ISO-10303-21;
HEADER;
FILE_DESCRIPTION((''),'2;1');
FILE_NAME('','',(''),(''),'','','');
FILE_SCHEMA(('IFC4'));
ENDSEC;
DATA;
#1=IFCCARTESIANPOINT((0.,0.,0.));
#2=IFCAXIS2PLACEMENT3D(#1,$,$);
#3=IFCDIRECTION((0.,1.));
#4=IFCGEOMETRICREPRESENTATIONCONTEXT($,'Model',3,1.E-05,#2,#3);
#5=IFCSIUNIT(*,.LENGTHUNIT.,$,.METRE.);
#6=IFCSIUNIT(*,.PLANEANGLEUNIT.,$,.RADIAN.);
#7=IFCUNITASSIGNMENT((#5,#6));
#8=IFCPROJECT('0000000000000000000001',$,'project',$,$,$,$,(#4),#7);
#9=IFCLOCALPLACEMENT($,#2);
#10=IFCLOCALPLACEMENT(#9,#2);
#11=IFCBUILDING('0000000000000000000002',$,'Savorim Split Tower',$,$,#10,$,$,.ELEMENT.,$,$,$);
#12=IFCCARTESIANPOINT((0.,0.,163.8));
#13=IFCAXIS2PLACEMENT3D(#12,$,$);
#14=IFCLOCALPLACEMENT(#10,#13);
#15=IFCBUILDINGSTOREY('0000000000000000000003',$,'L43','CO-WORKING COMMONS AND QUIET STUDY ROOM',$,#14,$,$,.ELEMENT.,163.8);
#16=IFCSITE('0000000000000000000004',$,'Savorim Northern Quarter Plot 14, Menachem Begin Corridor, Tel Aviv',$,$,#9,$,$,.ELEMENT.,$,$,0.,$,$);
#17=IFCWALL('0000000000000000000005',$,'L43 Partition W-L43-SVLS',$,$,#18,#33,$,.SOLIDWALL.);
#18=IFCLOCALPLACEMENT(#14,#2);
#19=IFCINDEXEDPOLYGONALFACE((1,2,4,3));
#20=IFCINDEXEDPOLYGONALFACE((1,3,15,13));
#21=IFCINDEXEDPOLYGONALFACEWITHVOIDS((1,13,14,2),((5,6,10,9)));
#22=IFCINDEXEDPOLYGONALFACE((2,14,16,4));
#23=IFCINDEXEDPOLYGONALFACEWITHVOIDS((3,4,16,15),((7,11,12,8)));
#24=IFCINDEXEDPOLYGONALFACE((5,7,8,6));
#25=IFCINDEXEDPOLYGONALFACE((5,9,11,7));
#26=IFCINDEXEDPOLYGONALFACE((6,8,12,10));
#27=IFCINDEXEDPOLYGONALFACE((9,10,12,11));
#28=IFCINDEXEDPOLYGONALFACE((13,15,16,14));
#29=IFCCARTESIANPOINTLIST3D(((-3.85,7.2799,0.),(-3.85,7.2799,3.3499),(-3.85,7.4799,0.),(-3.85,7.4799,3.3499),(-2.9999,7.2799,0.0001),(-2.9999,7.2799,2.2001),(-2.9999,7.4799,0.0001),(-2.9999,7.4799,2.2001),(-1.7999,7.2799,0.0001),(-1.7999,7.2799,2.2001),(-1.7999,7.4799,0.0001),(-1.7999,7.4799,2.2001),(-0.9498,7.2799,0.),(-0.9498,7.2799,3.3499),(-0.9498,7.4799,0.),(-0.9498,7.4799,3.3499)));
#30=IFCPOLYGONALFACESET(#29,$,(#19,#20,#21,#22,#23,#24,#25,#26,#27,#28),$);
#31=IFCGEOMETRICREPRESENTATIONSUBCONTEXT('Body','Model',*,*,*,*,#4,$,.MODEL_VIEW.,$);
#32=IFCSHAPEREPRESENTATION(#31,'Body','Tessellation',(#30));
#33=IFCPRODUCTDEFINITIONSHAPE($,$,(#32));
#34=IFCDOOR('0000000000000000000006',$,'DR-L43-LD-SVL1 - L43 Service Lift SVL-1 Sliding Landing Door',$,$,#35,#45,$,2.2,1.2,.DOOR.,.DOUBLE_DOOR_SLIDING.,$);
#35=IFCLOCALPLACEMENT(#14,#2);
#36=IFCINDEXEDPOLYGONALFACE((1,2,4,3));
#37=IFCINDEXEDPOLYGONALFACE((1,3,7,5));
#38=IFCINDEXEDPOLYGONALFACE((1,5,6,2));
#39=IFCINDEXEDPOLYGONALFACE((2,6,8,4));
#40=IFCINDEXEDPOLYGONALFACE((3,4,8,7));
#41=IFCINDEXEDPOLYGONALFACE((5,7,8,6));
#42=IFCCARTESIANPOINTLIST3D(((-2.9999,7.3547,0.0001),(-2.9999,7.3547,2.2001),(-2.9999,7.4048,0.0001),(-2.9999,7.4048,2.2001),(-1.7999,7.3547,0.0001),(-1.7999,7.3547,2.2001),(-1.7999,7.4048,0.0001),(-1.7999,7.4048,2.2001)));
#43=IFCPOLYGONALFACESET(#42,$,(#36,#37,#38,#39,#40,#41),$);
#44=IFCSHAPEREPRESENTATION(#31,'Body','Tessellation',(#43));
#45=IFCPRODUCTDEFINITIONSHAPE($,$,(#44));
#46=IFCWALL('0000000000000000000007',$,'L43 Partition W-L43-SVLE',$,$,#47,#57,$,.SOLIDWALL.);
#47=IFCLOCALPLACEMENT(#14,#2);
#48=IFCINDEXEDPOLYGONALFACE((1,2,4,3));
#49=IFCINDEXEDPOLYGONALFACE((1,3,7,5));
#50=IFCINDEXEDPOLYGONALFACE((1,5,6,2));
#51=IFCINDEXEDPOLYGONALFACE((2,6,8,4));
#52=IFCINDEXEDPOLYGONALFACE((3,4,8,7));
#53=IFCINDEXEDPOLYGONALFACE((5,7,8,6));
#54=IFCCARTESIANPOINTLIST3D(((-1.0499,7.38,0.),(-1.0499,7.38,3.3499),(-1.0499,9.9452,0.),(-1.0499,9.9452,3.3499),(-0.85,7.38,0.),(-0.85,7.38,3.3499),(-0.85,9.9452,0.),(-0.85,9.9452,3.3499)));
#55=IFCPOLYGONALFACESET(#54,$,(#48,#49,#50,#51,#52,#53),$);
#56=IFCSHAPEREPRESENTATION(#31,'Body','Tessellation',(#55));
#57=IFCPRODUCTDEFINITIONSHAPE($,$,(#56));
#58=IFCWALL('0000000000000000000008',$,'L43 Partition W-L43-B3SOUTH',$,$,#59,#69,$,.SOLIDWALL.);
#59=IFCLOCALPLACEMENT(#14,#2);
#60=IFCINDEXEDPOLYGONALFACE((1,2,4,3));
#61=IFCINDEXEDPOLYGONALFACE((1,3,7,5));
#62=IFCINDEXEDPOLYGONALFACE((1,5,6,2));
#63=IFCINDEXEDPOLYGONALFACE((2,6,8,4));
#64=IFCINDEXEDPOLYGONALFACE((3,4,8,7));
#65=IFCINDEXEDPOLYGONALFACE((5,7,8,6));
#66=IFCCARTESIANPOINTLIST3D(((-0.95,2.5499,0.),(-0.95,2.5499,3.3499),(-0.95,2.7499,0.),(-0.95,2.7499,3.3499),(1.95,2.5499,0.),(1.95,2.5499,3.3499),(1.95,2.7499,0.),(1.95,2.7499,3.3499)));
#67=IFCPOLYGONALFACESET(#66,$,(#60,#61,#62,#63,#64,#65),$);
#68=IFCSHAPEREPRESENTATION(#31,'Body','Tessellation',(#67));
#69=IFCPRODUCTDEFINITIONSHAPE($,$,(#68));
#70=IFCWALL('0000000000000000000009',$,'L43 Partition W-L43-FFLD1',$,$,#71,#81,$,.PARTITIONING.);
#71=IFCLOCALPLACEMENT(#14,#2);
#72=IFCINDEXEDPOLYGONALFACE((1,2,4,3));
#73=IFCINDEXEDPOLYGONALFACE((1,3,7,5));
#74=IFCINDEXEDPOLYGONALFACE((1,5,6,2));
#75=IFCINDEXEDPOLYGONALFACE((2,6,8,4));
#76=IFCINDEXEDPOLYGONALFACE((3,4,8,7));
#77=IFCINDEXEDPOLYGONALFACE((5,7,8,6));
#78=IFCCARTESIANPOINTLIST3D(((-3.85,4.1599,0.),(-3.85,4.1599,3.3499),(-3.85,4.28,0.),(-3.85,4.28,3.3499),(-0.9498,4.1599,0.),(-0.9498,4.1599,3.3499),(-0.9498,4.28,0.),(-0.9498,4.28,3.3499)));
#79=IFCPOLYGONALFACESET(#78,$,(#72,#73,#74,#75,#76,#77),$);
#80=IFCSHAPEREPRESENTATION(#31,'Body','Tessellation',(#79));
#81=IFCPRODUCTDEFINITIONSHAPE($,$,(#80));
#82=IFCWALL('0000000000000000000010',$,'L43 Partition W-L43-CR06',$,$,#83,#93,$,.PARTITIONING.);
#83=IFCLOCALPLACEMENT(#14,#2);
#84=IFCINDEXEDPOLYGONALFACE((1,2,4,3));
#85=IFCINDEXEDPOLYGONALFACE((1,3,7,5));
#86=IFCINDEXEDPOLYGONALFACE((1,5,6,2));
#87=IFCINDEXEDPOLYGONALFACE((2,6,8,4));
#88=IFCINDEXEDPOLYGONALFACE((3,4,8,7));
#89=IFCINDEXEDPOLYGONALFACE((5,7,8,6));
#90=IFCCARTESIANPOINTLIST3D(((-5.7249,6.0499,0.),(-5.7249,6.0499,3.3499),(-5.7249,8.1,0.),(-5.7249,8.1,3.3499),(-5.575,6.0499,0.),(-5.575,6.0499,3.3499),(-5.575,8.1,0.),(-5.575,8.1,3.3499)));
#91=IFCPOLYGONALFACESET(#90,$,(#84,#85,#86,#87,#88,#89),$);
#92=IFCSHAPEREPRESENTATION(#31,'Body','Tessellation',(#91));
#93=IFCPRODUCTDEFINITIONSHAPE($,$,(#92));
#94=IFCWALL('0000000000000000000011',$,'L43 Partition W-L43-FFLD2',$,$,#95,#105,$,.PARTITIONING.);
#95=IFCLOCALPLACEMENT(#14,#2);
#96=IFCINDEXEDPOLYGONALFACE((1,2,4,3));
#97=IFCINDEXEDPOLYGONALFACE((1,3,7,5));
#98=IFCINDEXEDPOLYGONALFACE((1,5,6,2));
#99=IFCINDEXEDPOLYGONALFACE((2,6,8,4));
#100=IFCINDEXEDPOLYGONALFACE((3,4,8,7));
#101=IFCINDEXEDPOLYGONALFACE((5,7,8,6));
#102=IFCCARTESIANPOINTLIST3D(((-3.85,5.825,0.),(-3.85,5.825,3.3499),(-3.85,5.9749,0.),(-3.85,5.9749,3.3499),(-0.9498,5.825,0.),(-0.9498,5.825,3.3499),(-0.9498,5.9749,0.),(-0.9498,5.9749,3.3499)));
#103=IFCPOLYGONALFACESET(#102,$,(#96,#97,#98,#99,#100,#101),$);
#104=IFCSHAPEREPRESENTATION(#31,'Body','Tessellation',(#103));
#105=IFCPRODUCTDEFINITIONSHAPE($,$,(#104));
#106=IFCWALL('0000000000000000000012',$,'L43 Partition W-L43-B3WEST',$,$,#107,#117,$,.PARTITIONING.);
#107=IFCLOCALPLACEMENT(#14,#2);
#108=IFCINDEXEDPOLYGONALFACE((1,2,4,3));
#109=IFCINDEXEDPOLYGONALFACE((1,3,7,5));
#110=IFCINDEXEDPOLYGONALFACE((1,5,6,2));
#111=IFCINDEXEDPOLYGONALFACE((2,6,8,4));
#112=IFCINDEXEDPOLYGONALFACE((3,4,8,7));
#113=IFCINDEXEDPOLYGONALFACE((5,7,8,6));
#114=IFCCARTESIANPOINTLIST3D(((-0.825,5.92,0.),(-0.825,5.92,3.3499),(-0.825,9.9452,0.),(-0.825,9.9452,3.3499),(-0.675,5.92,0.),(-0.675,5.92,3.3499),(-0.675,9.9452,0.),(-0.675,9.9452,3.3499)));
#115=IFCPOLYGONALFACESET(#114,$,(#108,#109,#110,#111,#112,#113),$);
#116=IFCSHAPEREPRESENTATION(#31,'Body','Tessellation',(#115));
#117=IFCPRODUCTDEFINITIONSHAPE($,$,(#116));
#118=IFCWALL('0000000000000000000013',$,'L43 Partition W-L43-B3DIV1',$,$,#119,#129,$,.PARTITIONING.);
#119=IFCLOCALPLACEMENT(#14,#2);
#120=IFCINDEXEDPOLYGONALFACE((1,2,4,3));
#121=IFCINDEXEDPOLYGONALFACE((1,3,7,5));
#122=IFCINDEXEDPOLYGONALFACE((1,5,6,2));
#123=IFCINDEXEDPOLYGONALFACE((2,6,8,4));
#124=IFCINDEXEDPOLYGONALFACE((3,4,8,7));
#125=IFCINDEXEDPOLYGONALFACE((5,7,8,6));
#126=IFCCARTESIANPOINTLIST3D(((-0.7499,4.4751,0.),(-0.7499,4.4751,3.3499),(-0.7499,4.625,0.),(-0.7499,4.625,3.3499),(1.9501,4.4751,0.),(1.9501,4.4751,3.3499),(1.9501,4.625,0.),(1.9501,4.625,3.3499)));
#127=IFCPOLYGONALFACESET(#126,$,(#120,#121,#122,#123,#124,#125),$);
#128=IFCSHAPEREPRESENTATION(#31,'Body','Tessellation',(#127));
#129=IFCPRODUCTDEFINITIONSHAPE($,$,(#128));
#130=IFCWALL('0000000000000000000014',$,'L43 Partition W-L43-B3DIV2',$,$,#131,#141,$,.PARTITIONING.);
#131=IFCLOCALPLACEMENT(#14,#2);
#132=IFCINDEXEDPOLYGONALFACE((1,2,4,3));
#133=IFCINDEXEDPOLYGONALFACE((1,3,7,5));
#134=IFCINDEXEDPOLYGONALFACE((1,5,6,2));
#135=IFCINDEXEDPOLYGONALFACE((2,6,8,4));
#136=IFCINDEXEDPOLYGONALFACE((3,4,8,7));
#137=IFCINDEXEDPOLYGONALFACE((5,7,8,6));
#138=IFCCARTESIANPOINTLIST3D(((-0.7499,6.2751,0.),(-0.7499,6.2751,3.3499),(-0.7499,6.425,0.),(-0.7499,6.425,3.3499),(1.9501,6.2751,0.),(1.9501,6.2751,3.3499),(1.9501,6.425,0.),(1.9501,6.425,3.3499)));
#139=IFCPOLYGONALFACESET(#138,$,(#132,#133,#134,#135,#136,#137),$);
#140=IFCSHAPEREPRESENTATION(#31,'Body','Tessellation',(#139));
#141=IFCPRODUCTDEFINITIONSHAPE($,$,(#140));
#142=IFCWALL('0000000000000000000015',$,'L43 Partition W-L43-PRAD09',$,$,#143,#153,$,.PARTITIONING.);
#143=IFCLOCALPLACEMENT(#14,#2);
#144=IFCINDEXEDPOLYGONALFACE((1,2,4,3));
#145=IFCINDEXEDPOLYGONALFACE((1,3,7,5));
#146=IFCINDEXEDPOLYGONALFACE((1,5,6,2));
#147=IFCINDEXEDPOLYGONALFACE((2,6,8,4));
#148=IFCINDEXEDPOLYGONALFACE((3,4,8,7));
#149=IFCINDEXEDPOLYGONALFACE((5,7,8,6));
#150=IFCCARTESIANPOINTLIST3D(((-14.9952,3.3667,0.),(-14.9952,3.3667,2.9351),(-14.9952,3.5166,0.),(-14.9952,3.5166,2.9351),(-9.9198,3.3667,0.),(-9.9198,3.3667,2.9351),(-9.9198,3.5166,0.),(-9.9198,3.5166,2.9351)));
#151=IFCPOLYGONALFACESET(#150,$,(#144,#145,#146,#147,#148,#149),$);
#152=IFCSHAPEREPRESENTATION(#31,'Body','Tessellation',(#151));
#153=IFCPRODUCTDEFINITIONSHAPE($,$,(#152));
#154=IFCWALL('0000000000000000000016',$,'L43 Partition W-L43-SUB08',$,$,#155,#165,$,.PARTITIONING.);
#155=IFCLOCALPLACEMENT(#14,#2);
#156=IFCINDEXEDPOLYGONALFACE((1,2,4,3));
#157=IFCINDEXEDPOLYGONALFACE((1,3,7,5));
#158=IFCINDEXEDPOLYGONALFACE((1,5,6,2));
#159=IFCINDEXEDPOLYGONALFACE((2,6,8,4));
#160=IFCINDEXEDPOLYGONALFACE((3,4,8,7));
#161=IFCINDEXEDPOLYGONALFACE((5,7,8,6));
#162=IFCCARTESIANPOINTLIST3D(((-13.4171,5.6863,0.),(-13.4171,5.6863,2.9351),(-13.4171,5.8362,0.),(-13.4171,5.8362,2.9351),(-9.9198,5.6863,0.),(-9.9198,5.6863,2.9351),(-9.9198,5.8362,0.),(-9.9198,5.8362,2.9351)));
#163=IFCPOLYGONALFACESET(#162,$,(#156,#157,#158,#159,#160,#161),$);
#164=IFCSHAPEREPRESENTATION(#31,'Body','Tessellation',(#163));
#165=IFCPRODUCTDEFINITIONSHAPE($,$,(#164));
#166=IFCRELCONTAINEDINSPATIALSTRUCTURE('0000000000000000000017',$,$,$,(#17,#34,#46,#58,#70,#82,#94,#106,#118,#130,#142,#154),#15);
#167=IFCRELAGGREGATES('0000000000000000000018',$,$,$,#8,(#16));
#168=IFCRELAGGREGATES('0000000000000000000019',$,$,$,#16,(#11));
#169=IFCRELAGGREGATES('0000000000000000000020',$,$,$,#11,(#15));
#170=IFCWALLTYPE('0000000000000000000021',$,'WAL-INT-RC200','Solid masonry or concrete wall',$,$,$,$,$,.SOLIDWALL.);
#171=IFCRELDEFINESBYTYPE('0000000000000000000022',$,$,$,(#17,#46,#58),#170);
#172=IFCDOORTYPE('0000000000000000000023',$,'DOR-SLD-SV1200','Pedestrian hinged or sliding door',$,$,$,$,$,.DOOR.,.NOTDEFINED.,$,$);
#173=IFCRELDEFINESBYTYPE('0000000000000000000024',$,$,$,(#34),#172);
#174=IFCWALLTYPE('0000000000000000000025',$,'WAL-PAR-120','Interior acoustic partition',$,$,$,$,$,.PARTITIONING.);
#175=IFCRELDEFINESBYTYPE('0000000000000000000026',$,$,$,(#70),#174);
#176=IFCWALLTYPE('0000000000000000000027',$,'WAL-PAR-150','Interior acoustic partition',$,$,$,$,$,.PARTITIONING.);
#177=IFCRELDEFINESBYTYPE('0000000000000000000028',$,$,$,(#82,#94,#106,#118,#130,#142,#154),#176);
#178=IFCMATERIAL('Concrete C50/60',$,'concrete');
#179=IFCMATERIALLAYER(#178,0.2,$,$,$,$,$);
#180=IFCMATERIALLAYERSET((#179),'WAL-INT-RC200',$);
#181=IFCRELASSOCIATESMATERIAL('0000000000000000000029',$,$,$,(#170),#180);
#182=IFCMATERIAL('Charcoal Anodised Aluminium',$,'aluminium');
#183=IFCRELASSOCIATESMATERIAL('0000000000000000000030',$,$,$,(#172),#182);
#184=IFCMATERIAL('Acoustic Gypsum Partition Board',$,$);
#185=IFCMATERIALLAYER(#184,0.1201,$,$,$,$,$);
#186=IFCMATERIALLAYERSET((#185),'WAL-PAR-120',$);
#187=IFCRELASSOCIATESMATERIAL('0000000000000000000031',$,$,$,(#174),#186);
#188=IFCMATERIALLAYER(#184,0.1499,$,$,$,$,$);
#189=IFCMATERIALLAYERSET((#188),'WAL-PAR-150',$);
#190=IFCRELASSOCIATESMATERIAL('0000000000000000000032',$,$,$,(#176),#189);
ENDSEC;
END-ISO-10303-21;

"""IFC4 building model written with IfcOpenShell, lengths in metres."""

from ifc_helpers import new_model, si_unit, direction, frame, frame_2d, origin, place, context, subcontext, project, spatial, rectangle, extrude, material, layer, layer_set, type_object, element, fill, save


model = new_model("IFC4")

# Units and contexts
model_context = context("Model", 3, precision=1e-05, world=origin(), true_north=direction((0.0, 1.0)))
body_context = subcontext(model_context, "Body", "Model", "MODEL_VIEW")
ifc_project = project(units=[si_unit("LENGTHUNIT", "METRE"), si_unit("PLANEANGLEUNIT", "RADIAN")], contexts=[model_context])

# Site, building, storey
site_placement = place(None, origin())
site = spatial("IfcSite", under=ifc_project, at=site_placement, Name="Savorim Northern Quarter Plot 14, Menachem Begin Corridor, Tel Aviv", CompositionType="ELEMENT", RefElevation=0.0)
building_placement = place(site_placement, origin())
building = spatial("IfcBuilding", under=site, at=building_placement, Name="Savorim Split Tower", CompositionType="ELEMENT")
storey_placement = place(building_placement, frame((0.0, 0.0, 163.8)))
storey = spatial("IfcBuildingStorey", under=building, at=storey_placement, Name="L43", Description="CO-WORKING COMMONS AND QUIET STUDY ROOM", CompositionType="ELEMENT", Elevation=163.8)

# Shared definitions
ifc_material_1 = material(Name="Charcoal Anodised Aluminium", Category="aluminium")

# Shared definitions
ifc_material_2 = material(Name="Concrete C50/60", Category="concrete")
ifc_layer_1 = layer(ifc_material_2, 0.2)
ifc_layer_set_1 = layer_set([ifc_layer_1], Name="WAL-INT-RC200")
wall_type_1 = type_object("IfcWallType", Name="WAL-INT-RC200", Description="Solid masonry or concrete wall", PredefinedType="SOLIDWALL", material=ifc_layer_set_1)

# Wall, opening, door
wall_1_placement = place(storey_placement, frame((-3.8501, 7.3799, 0.0), z_axis=(0.0, 0.0, 1.0), x_axis=(1.0, 0.0, 0.0)))
wall_1 = element("IfcWall", 1, at=wall_1_placement, inside=storey, type_object=wall_type_1, Name="L43 Partition W-L43-SVLS", PredefinedType="SOLIDWALL", context=body_context, shape_type="SweptSolid", body=[
    extrude(rectangle(XDim=2.9001, YDim=0.2, at=frame_2d((1.4502, 0.0))), origin(), (0.0, 0.0, 1.0), 3.3499),
])
opening_1_placement = place(wall_1_placement, frame((0.8501, 0.0, 0.0)))
opening_1 = element("IfcOpeningElement", 2, at=opening_1_placement, cuts=wall_1, PredefinedType="OPENING", context=body_context, shape_type="SweptSolid", body=[
    extrude(rectangle(XDim=1.2, YDim=2.2, at=frame_2d((0.6001, 1.1001))), frame((0.0, 0.1099, 0.0), z_axis=(0.0, -1.0, 0.0), x_axis=(1.0, 0.0, 0.0)), (0.0, 0.0, 1.0), 0.22),
])
door_type_1 = type_object("IfcDoorType", Name="DOR-SLD-SV1200", Description="Pedestrian hinged or sliding door", OperationType="NOTDEFINED", PredefinedType="DOOR", material=ifc_material_1)
door_1_placement = place(opening_1_placement, origin())
door_1 = element("IfcDoor", 3, at=door_1_placement, inside=storey, type_object=door_type_1, Name="DR-L43-LD-SVL1 - L43 Service Lift SVL-1 Sliding Landing Door", OperationType="DOUBLE_DOOR_SLIDING", OverallHeight=2.2, OverallWidth=1.2, PredefinedType="DOOR", context=body_context, shape_type="SweptSolid", body=[
    extrude(rectangle(XDim=1.2, YDim=2.2, at=frame_2d((0.6001, 1.1001))), frame((0.0, 0.0249, 0.0), z_axis=(0.0, -1.0, 0.0), x_axis=(1.0, 0.0, 0.0)), (0.0, 0.0, 1.0), 0.05),
])
fill(opening_1, door_1)

# Walls
wall_2_placement = place(storey_placement, frame((-0.95, 7.3799, 0.0), z_axis=(0.0, 0.0, 1.0), x_axis=(0.0, 1.0, 0.0)))
element("IfcWall", 4, at=wall_2_placement, inside=storey, type_object=wall_type_1, Name="L43 Partition W-L43-SVLE", PredefinedType="SOLIDWALL", context=body_context, shape_type="SweptSolid", body=[
    extrude(rectangle(XDim=2.5652, YDim=0.2, at=frame_2d((1.2827, 0.0))), origin(), (0.0, 0.0, 1.0), 3.3499),
])
wall_3_placement = place(storey_placement, frame((-0.95, 2.6499, 0.0), z_axis=(0.0, 0.0, 1.0), x_axis=(1.0, 0.0, 0.0)))
element("IfcWall", 5, at=wall_3_placement, inside=storey, type_object=wall_type_1, Name="L43 Partition W-L43-B3SOUTH", PredefinedType="SOLIDWALL", context=body_context, shape_type="SweptSolid", body=[
    extrude(rectangle(XDim=2.8999, YDim=0.2, at=frame_2d((1.45, 0.0))), origin(), (0.0, 0.0, 1.0), 3.3499),
])
ifc_material_3 = material(Name="Acoustic Gypsum Partition Board")
ifc_layer_2 = layer(ifc_material_3, 0.1201)
ifc_layer_set_2 = layer_set([ifc_layer_2], Name="WAL-PAR-120")
wall_type_2 = type_object("IfcWallType", Name="WAL-PAR-120", Description="Interior acoustic partition", PredefinedType="PARTITIONING", material=ifc_layer_set_2)
wall_4_placement = place(storey_placement, frame((-3.8501, 4.22, 0.0), z_axis=(0.0, 0.0, 1.0), x_axis=(1.0, 0.0, 0.0)))
element("IfcWall", 6, at=wall_4_placement, inside=storey, type_object=wall_type_2, Name="L43 Partition W-L43-FFLD1", PredefinedType="PARTITIONING", context=body_context, shape_type="SweptSolid", body=[
    extrude(rectangle(XDim=2.9001, YDim=0.1201, at=frame_2d((1.4502, 0.0))), origin(), (0.0, 0.0, 1.0), 3.3499),
])
ifc_layer_3 = layer(ifc_material_3, 0.1499)
ifc_layer_set_3 = layer_set([ifc_layer_3], Name="WAL-PAR-150")
wall_type_3 = type_object("IfcWallType", Name="WAL-PAR-150", Description="Interior acoustic partition", PredefinedType="PARTITIONING", material=ifc_layer_set_3)
wall_5_placement = place(storey_placement, frame((-5.6499, 6.05, 0.0), z_axis=(0.0, 0.0, 1.0), x_axis=(0.0, 1.0, 0.0)))
element("IfcWall", 7, at=wall_5_placement, inside=storey, type_object=wall_type_3, Name="L43 Partition W-L43-CR06", PredefinedType="PARTITIONING", context=body_context, shape_type="SweptSolid", body=[
    extrude(rectangle(XDim=2.05, YDim=0.1499, at=frame_2d((1.0249, 0.0))), origin(), (0.0, 0.0, 1.0), 3.3499),
])
wall_6_placement = place(storey_placement, frame((-3.8501, 5.8999, 0.0), z_axis=(0.0, 0.0, 1.0), x_axis=(1.0, 0.0, 0.0)))
element("IfcWall", 8, at=wall_6_placement, inside=storey, type_object=wall_type_3, Name="L43 Partition W-L43-FFLD2", PredefinedType="PARTITIONING", context=body_context, shape_type="SweptSolid", body=[
    extrude(rectangle(XDim=2.9001, YDim=0.1499, at=frame_2d((1.4502, 0.0))), origin(), (0.0, 0.0, 1.0), 3.3499),
])
wall_7_placement = place(storey_placement, frame((-0.75, 5.9199, 0.0), z_axis=(0.0, 0.0, 1.0), x_axis=(0.0, 1.0, 0.0)))
element("IfcWall", 9, at=wall_7_placement, inside=storey, type_object=wall_type_3, Name="L43 Partition W-L43-B3WEST", PredefinedType="PARTITIONING", context=body_context, shape_type="SweptSolid", body=[
    extrude(rectangle(XDim=4.0251, YDim=0.1499, at=frame_2d((2.0127, 0.0))), origin(), (0.0, 0.0, 1.0), 3.3499),
])
for number, where, z_axis, x_axis, name in (
    (10, (-0.75, 4.55, 0.0), (0.0, 0.0, 1.0), (1.0, 0.0, 0.0), "L43 Partition W-L43-B3DIV1"),
    (11, (-0.75, 6.3501, 0.0), (0.0, 0.0, 1.0), (1.0, 0.0, 0.0), "L43 Partition W-L43-B3DIV2"),
):
    element("IfcWall", number, at=place(storey_placement, frame(where, z_axis=z_axis, x_axis=x_axis)), inside=storey, type_object=wall_type_3, Name=name, PredefinedType="PARTITIONING", context=body_context, shape_type="SweptSolid", body=[
        extrude(rectangle(XDim=2.7, YDim=0.1499, at=frame_2d((1.3501, 0.0))), origin(), (0.0, 0.0, 1.0), 3.3499),
    ])
wall_8_placement = place(storey_placement, frame((-9.9199, 3.4417, 0.0), z_axis=(0.0, 0.0, 1.0), x_axis=(-1.0, 0.0, 0.0)))
element("IfcWall", 12, at=wall_8_placement, inside=storey, type_object=wall_type_3, Name="L43 Partition W-L43-PRAD09", PredefinedType="PARTITIONING", context=body_context, shape_type="SweptSolid", body=[
    extrude(rectangle(XDim=5.0754, YDim=0.1499, at=frame_2d((2.5376, 0.0))), origin(), (0.0, 0.0, 1.0), 2.9351),
])
wall_9_placement = place(storey_placement, frame((-9.9199, 5.7612, 0.0), z_axis=(0.0, 0.0, 1.0), x_axis=(-1.0, 0.0, 0.0)))
element("IfcWall", 13, at=wall_9_placement, inside=storey, type_object=wall_type_3, Name="L43 Partition W-L43-SUB08", PredefinedType="PARTITIONING", context=body_context, shape_type="SweptSolid", body=[
    extrude(rectangle(XDim=3.4973, YDim=0.1499, at=frame_2d((1.7485, 0.0))), origin(), (0.0, 0.0, 1.0), 2.9351),
])

save(model, "model.ifc")
